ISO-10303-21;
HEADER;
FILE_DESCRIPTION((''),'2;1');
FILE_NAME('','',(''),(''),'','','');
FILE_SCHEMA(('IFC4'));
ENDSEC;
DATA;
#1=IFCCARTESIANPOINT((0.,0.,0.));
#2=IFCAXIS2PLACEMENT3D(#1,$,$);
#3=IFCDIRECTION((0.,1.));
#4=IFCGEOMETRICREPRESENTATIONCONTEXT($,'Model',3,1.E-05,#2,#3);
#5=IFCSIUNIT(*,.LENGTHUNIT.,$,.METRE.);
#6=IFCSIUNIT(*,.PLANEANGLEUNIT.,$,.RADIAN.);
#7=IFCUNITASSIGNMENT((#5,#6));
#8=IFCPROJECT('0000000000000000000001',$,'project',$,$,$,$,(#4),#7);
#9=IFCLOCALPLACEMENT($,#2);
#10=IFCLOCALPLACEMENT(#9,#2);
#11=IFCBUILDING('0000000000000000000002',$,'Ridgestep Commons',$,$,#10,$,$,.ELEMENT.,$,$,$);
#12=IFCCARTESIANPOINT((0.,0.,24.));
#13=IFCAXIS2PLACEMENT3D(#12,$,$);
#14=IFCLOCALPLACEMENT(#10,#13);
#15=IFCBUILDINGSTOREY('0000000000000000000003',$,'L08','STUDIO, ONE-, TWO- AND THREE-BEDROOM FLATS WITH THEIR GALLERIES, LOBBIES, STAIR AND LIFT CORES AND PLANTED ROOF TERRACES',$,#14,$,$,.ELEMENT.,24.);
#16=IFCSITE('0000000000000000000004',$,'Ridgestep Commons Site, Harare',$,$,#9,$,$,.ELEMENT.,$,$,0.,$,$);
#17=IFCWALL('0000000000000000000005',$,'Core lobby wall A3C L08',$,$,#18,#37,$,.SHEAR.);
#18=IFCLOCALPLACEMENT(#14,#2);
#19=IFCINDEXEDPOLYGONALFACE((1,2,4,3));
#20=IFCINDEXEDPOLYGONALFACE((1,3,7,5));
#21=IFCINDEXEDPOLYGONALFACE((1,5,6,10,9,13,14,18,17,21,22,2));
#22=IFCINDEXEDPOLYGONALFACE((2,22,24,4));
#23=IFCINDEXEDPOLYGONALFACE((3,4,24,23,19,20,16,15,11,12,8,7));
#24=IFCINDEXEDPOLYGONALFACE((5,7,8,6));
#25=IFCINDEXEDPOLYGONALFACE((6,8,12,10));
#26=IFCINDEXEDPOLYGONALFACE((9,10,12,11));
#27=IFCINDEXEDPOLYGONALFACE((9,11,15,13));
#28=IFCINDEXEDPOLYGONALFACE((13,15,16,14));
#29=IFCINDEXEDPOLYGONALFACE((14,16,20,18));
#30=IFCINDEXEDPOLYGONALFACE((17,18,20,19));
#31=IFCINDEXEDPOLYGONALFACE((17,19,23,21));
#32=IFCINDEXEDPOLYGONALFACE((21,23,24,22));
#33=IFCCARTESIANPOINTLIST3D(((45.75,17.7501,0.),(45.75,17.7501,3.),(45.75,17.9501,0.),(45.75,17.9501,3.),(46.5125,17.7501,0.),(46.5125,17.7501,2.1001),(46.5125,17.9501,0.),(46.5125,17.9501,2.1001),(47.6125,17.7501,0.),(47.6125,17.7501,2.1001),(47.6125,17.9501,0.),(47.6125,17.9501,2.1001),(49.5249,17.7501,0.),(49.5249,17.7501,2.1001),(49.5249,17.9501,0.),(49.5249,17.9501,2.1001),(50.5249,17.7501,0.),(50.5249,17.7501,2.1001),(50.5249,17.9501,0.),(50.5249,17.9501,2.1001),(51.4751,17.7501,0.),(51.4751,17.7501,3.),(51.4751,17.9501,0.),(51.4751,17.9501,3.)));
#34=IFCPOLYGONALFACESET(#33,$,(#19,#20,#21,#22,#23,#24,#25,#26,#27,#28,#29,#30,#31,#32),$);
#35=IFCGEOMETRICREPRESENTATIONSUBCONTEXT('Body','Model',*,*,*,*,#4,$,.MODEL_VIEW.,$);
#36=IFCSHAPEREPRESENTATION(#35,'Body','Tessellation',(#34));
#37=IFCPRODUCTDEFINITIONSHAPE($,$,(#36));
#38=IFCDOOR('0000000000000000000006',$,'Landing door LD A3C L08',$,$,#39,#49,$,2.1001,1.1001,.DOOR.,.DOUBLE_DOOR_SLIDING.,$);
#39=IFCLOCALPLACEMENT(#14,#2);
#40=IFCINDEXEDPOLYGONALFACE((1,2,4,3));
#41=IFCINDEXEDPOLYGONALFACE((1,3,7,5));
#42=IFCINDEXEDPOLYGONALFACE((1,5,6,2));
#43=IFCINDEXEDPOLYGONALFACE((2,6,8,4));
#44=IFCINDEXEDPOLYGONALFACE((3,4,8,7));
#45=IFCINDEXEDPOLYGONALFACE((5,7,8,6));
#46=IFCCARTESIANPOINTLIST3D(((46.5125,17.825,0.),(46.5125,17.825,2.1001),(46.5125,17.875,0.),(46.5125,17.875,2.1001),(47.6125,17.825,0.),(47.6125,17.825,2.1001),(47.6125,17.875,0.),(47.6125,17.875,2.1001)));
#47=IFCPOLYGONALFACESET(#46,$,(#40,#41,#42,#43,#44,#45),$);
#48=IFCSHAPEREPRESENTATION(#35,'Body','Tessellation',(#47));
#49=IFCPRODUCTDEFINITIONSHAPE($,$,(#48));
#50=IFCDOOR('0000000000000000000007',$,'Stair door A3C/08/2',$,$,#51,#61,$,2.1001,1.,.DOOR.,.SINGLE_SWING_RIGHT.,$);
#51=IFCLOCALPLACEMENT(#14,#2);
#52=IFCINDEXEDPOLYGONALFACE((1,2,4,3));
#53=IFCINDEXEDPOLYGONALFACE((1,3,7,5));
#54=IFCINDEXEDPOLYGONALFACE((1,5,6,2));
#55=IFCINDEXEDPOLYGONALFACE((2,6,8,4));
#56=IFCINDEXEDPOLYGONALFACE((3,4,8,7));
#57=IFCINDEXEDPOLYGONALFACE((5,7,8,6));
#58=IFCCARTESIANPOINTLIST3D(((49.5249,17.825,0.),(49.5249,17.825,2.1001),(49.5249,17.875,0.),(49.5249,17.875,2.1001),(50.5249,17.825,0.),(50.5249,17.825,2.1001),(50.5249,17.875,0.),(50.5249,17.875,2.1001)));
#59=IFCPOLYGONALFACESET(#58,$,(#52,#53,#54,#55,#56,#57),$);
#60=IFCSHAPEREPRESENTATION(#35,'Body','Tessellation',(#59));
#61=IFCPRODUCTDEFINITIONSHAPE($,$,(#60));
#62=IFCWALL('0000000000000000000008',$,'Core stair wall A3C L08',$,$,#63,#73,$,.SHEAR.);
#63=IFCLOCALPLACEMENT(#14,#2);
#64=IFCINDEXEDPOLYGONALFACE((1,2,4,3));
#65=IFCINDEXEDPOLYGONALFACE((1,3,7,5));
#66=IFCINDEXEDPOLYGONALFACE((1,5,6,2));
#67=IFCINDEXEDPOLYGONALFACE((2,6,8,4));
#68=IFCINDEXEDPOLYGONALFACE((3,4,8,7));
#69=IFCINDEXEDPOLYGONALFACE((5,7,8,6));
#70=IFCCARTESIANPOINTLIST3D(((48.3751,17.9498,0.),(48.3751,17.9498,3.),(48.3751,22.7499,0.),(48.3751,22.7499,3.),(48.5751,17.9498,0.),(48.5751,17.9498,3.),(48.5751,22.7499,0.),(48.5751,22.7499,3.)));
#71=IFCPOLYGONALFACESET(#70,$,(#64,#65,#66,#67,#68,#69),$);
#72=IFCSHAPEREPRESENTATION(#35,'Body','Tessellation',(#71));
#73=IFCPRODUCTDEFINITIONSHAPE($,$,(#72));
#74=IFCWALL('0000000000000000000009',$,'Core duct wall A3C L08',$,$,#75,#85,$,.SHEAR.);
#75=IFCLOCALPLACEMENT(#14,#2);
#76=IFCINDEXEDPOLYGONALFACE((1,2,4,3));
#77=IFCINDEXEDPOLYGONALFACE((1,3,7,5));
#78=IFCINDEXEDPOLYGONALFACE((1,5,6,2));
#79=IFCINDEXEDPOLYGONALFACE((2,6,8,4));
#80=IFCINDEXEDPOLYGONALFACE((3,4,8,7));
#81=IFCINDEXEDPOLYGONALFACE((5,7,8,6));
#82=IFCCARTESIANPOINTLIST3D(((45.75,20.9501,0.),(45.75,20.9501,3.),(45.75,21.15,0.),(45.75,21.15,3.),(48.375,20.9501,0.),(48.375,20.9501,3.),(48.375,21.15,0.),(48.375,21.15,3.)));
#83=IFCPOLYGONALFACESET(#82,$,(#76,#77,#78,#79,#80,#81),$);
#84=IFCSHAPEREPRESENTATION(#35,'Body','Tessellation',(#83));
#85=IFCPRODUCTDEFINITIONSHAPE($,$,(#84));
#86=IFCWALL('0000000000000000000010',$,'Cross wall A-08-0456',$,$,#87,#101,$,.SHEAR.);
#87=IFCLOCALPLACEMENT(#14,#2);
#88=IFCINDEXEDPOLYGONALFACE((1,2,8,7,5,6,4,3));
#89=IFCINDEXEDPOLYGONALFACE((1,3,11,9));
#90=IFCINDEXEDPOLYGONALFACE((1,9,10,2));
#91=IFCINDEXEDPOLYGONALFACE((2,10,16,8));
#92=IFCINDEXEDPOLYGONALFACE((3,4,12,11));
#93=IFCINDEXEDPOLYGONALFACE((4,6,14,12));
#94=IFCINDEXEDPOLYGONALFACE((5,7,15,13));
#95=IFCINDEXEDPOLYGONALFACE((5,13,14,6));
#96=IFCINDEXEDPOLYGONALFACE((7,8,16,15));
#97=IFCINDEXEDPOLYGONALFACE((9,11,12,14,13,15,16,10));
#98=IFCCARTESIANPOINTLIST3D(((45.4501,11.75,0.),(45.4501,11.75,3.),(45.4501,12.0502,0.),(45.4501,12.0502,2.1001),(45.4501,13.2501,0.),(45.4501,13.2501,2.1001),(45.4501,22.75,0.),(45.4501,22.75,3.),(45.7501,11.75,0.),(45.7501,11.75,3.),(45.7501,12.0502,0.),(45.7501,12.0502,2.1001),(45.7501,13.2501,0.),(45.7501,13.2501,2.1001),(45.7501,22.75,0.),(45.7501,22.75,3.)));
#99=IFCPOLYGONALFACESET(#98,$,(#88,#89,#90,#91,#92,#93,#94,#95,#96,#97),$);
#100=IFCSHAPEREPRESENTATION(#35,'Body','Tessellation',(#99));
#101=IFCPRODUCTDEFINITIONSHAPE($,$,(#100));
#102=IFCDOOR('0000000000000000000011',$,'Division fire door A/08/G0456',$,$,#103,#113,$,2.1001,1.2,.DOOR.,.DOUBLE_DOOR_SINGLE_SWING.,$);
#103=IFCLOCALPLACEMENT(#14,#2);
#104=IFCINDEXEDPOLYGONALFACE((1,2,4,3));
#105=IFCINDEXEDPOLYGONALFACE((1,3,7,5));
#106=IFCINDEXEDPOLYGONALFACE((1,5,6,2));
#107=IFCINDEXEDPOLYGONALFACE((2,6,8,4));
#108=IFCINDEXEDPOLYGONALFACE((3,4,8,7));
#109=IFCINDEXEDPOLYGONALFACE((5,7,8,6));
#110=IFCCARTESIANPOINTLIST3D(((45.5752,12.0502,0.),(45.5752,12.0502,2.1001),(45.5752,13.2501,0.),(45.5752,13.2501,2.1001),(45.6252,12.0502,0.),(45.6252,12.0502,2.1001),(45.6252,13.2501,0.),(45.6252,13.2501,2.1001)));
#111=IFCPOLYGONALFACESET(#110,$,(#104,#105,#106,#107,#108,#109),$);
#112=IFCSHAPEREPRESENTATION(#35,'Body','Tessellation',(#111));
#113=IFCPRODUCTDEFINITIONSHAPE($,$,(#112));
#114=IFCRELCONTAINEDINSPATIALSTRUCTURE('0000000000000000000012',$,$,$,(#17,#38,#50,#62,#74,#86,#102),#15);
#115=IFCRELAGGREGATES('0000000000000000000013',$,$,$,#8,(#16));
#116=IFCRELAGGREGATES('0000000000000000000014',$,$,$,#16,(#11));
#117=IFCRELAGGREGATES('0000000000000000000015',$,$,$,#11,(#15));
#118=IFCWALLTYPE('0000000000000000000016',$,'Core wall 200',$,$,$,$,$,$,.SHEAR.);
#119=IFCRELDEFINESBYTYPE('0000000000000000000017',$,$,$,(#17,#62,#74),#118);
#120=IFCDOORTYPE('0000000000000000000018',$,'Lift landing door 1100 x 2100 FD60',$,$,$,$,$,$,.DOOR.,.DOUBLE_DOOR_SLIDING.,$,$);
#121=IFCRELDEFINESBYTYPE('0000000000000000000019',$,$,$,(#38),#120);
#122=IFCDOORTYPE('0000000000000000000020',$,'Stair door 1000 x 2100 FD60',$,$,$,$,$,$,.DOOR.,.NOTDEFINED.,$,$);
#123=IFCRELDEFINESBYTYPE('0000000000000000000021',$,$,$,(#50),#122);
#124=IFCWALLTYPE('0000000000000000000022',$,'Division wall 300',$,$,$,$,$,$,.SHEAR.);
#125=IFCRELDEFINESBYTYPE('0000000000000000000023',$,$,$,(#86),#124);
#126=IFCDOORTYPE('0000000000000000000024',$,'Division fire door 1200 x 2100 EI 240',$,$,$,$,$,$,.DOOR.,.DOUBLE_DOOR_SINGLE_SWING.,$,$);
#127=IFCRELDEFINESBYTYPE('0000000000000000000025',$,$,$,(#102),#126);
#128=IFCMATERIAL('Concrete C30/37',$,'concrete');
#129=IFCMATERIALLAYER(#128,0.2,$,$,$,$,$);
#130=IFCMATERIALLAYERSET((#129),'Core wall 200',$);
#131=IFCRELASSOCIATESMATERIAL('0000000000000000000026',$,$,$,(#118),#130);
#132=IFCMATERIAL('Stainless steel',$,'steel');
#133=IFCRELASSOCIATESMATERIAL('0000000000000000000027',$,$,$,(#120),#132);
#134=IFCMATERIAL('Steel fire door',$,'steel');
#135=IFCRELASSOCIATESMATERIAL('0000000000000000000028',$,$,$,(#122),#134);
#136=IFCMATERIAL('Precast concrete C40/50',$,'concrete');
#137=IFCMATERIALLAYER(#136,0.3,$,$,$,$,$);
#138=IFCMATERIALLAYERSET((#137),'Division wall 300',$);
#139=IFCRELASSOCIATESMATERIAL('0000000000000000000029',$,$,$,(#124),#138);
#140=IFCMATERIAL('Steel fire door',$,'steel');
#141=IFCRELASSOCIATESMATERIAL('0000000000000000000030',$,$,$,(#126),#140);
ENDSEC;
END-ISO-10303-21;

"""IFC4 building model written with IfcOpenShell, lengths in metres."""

from ifc_helpers import new_model, si_unit, direction, frame, frame_2d, origin, place, context, subcontext, project, spatial, rectangle, extrude, material, layer, layer_set, type_object, element, fill, save


model = new_model("IFC4")

# Units and contexts
model_context = context("Model", 3, precision=1e-05, world=origin(), true_north=direction((0.0, 1.0)))
body_context = subcontext(model_context, "Body", "Model", "MODEL_VIEW")
ifc_project = project(units=[si_unit("LENGTHUNIT", "METRE"), si_unit("PLANEANGLEUNIT", "RADIAN")], contexts=[model_context])

# Site, building, storey
site_placement = place(None, origin())
site = spatial("IfcSite", under=ifc_project, at=site_placement, Name="Ridgestep Commons Site, Harare", CompositionType="ELEMENT", RefElevation=0.0)
building_placement = place(site_placement, origin())
building = spatial("IfcBuilding", under=site, at=building_placement, Name="Ridgestep Commons", CompositionType="ELEMENT")
storey_placement = place(building_placement, frame((0.0, 0.0, 24.0)))
storey = spatial("IfcBuildingStorey", under=building, at=storey_placement, Name="L08", Description="STUDIO, ONE-, TWO- AND THREE-BEDROOM FLATS WITH THEIR GALLERIES, LOBBIES, STAIR AND LIFT CORES AND PLANTED ROOF TERRACES", CompositionType="ELEMENT", Elevation=24.0)

# Shared definitions
ifc_material_1 = material(Name="Concrete C30/37", Category="concrete")
ifc_layer_1 = layer(ifc_material_1, 0.2)
ifc_layer_set_1 = layer_set([ifc_layer_1], Name="Core wall 200")
wall_type_1 = type_object("IfcWallType", Name="Core wall 200", PredefinedType="SHEAR", material=ifc_layer_set_1)

# Wall, openings, doors
wall_1_placement = place(storey_placement, frame((45.75, 17.8501, 0.0), z_axis=(0.0, 0.0, 1.0), x_axis=(1.0, 0.0, 0.0)))
wall_1 = element("IfcWall", 1, at=wall_1_placement, inside=storey, type_object=wall_type_1, Name="Core lobby wall A3C L08", PredefinedType="SHEAR", context=body_context, shape_type="SweptSolid", body=[
    extrude(rectangle(XDim=5.7251, YDim=0.2, at=frame_2d((2.8625, 0.0))), origin(), (0.0, 0.0, 1.0), 3.0),
])
opening_1_placement = place(wall_1_placement, frame((3.7749, 0.0, 0.0)))
opening_1 = element("IfcOpeningElement", 2, at=opening_1_placement, cuts=wall_1, PredefinedType="OPENING", context=body_context, shape_type="SweptSolid", body=[
    extrude(rectangle(XDim=1.0, YDim=2.1001, at=frame_2d((0.5, 1.05))), frame((0.0, 0.1099, 0.0), z_axis=(0.0, -1.0, 0.0), x_axis=(1.0, 0.0, 0.0)), (0.0, 0.0, 1.0), 0.22),
])
opening_2_placement = place(wall_1_placement, frame((0.7625, 0.0, 0.0)))
opening_2 = element("IfcOpeningElement", 3, at=opening_2_placement, cuts=wall_1, PredefinedType="OPENING", context=body_context, shape_type="SweptSolid", body=[
    extrude(rectangle(XDim=1.1001, YDim=2.1001, at=frame_2d((0.55, 1.05))), frame((0.0, 0.1099, 0.0), z_axis=(0.0, -1.0, 0.0), x_axis=(1.0, 0.0, 0.0)), (0.0, 0.0, 1.0), 0.22),
])
ifc_material_2 = material(Name="Stainless steel", Category="steel")
door_type_1 = type_object("IfcDoorType", Name="Lift landing door 1100 x 2100 FD60", OperationType="DOUBLE_DOOR_SLIDING", PredefinedType="DOOR", material=ifc_material_2)
door_1_placement = place(opening_2_placement, origin())
door_1 = element("IfcDoor", 4, at=door_1_placement, inside=storey, type_object=door_type_1, Name="Landing door LD A3C L08", OperationType="DOUBLE_DOOR_SLIDING", OverallHeight=2.1001, OverallWidth=1.1001, PredefinedType="DOOR", context=body_context, shape_type="SweptSolid", body=[
    extrude(rectangle(XDim=1.1001, YDim=2.1001, at=frame_2d((0.55, 1.05))), frame((0.0, 0.0249, 0.0), z_axis=(0.0, -1.0, 0.0), x_axis=(1.0, 0.0, 0.0)), (0.0, 0.0, 1.0), 0.05),
])
fill(opening_2, door_1)
ifc_material_3 = material(Name="Steel fire door", Category="steel")
door_type_2 = type_object("IfcDoorType", Name="Stair door 1000 x 2100 FD60", OperationType="NOTDEFINED", PredefinedType="DOOR", material=ifc_material_3)
door_2_placement = place(opening_1_placement, origin())
door_2 = element("IfcDoor", 5, at=door_2_placement, inside=storey, type_object=door_type_2, Name="Stair door A3C/08/2", OperationType="SINGLE_SWING_RIGHT", OverallHeight=2.1001, OverallWidth=1.0, PredefinedType="DOOR", context=body_context, shape_type="SweptSolid", body=[
    extrude(rectangle(XDim=1.0, YDim=2.1001, at=frame_2d((0.5, 1.05))), frame((0.0, 0.0249, 0.0), z_axis=(0.0, -1.0, 0.0), x_axis=(1.0, 0.0, 0.0)), (0.0, 0.0, 1.0), 0.05),
])
fill(opening_1, door_2)

# Walls
wall_2_placement = place(storey_placement, frame((48.4751, 17.95, 0.0), z_axis=(0.0, 0.0, 1.0), x_axis=(0.0, 1.0, 0.0)))
element("IfcWall", 6, at=wall_2_placement, inside=storey, type_object=wall_type_1, Name="Core stair wall A3C L08", PredefinedType="SHEAR", context=body_context, shape_type="SweptSolid", body=[
    extrude(rectangle(XDim=4.8, YDim=0.2, at=frame_2d((2.3999, 0.0))), origin(), (0.0, 0.0, 1.0), 3.0),
])
wall_3_placement = place(storey_placement, frame((45.75, 21.05, 0.0), z_axis=(0.0, 0.0, 1.0), x_axis=(1.0, 0.0, 0.0)))
element("IfcWall", 7, at=wall_3_placement, inside=storey, type_object=wall_type_1, Name="Core duct wall A3C L08", PredefinedType="SHEAR", context=body_context, shape_type="SweptSolid", body=[
    extrude(rectangle(XDim=2.625, YDim=0.2, at=frame_2d((1.3125, 0.0))), origin(), (0.0, 0.0, 1.0), 3.0),
])

# Wall, opening, door
ifc_material_4 = material(Name="Precast concrete C40/50", Category="concrete")
ifc_layer_2 = layer(ifc_material_4, 0.3)
ifc_layer_set_2 = layer_set([ifc_layer_2], Name="Division wall 300")
wall_type_2 = type_object("IfcWallType", Name="Division wall 300", PredefinedType="SHEAR", material=ifc_layer_set_2)
wall_4_placement = place(storey_placement, frame((45.6001, 11.75, 0.0), z_axis=(0.0, 0.0, 1.0), x_axis=(0.0, 1.0, 0.0)))
wall_4 = element("IfcWall", 8, at=wall_4_placement, inside=storey, type_object=wall_type_2, Name="Cross wall A-08-0456", PredefinedType="SHEAR", context=body_context, shape_type="SweptSolid", body=[
    extrude(rectangle(XDim=11.0, YDim=0.3, at=frame_2d((5.5, 0.0))), origin(), (0.0, 0.0, 1.0), 3.0),
])
opening_3_placement = place(wall_4_placement, frame((0.3, 0.0, 0.0)))
opening_3 = element("IfcOpeningElement", 9, at=opening_3_placement, cuts=wall_4, PredefinedType="OPENING", context=body_context, shape_type="SweptSolid", body=[
    extrude(rectangle(XDim=1.2, YDim=2.1001, at=frame_2d((0.6001, 1.05))), frame((0.0, 0.1599, 0.0), z_axis=(0.0, -1.0, 0.0), x_axis=(1.0, 0.0, 0.0)), (0.0, 0.0, 1.0), 0.3201),
])
ifc_material_5 = material(Name="Steel fire door", Category="steel")
door_type_3 = type_object("IfcDoorType", Name="Division fire door 1200 x 2100 EI 240", OperationType="DOUBLE_DOOR_SINGLE_SWING", PredefinedType="DOOR", material=ifc_material_5)
door_3_placement = place(opening_3_placement, origin())
door_3 = element("IfcDoor", 10, at=door_3_placement, inside=storey, type_object=door_type_3, Name="Division fire door A/08/G0456", OperationType="DOUBLE_DOOR_SINGLE_SWING", OverallHeight=2.1001, OverallWidth=1.2, PredefinedType="DOOR", context=body_context, shape_type="SweptSolid", body=[
    extrude(rectangle(XDim=1.2, YDim=2.1001, at=frame_2d((0.6001, 1.05))), frame((0.0, 0.0249, 0.0), z_axis=(0.0, -1.0, 0.0), x_axis=(1.0, 0.0, 0.0)), (0.0, 0.0, 1.0), 0.05),
])
fill(opening_3, door_3)

save(model, "model.ifc")
